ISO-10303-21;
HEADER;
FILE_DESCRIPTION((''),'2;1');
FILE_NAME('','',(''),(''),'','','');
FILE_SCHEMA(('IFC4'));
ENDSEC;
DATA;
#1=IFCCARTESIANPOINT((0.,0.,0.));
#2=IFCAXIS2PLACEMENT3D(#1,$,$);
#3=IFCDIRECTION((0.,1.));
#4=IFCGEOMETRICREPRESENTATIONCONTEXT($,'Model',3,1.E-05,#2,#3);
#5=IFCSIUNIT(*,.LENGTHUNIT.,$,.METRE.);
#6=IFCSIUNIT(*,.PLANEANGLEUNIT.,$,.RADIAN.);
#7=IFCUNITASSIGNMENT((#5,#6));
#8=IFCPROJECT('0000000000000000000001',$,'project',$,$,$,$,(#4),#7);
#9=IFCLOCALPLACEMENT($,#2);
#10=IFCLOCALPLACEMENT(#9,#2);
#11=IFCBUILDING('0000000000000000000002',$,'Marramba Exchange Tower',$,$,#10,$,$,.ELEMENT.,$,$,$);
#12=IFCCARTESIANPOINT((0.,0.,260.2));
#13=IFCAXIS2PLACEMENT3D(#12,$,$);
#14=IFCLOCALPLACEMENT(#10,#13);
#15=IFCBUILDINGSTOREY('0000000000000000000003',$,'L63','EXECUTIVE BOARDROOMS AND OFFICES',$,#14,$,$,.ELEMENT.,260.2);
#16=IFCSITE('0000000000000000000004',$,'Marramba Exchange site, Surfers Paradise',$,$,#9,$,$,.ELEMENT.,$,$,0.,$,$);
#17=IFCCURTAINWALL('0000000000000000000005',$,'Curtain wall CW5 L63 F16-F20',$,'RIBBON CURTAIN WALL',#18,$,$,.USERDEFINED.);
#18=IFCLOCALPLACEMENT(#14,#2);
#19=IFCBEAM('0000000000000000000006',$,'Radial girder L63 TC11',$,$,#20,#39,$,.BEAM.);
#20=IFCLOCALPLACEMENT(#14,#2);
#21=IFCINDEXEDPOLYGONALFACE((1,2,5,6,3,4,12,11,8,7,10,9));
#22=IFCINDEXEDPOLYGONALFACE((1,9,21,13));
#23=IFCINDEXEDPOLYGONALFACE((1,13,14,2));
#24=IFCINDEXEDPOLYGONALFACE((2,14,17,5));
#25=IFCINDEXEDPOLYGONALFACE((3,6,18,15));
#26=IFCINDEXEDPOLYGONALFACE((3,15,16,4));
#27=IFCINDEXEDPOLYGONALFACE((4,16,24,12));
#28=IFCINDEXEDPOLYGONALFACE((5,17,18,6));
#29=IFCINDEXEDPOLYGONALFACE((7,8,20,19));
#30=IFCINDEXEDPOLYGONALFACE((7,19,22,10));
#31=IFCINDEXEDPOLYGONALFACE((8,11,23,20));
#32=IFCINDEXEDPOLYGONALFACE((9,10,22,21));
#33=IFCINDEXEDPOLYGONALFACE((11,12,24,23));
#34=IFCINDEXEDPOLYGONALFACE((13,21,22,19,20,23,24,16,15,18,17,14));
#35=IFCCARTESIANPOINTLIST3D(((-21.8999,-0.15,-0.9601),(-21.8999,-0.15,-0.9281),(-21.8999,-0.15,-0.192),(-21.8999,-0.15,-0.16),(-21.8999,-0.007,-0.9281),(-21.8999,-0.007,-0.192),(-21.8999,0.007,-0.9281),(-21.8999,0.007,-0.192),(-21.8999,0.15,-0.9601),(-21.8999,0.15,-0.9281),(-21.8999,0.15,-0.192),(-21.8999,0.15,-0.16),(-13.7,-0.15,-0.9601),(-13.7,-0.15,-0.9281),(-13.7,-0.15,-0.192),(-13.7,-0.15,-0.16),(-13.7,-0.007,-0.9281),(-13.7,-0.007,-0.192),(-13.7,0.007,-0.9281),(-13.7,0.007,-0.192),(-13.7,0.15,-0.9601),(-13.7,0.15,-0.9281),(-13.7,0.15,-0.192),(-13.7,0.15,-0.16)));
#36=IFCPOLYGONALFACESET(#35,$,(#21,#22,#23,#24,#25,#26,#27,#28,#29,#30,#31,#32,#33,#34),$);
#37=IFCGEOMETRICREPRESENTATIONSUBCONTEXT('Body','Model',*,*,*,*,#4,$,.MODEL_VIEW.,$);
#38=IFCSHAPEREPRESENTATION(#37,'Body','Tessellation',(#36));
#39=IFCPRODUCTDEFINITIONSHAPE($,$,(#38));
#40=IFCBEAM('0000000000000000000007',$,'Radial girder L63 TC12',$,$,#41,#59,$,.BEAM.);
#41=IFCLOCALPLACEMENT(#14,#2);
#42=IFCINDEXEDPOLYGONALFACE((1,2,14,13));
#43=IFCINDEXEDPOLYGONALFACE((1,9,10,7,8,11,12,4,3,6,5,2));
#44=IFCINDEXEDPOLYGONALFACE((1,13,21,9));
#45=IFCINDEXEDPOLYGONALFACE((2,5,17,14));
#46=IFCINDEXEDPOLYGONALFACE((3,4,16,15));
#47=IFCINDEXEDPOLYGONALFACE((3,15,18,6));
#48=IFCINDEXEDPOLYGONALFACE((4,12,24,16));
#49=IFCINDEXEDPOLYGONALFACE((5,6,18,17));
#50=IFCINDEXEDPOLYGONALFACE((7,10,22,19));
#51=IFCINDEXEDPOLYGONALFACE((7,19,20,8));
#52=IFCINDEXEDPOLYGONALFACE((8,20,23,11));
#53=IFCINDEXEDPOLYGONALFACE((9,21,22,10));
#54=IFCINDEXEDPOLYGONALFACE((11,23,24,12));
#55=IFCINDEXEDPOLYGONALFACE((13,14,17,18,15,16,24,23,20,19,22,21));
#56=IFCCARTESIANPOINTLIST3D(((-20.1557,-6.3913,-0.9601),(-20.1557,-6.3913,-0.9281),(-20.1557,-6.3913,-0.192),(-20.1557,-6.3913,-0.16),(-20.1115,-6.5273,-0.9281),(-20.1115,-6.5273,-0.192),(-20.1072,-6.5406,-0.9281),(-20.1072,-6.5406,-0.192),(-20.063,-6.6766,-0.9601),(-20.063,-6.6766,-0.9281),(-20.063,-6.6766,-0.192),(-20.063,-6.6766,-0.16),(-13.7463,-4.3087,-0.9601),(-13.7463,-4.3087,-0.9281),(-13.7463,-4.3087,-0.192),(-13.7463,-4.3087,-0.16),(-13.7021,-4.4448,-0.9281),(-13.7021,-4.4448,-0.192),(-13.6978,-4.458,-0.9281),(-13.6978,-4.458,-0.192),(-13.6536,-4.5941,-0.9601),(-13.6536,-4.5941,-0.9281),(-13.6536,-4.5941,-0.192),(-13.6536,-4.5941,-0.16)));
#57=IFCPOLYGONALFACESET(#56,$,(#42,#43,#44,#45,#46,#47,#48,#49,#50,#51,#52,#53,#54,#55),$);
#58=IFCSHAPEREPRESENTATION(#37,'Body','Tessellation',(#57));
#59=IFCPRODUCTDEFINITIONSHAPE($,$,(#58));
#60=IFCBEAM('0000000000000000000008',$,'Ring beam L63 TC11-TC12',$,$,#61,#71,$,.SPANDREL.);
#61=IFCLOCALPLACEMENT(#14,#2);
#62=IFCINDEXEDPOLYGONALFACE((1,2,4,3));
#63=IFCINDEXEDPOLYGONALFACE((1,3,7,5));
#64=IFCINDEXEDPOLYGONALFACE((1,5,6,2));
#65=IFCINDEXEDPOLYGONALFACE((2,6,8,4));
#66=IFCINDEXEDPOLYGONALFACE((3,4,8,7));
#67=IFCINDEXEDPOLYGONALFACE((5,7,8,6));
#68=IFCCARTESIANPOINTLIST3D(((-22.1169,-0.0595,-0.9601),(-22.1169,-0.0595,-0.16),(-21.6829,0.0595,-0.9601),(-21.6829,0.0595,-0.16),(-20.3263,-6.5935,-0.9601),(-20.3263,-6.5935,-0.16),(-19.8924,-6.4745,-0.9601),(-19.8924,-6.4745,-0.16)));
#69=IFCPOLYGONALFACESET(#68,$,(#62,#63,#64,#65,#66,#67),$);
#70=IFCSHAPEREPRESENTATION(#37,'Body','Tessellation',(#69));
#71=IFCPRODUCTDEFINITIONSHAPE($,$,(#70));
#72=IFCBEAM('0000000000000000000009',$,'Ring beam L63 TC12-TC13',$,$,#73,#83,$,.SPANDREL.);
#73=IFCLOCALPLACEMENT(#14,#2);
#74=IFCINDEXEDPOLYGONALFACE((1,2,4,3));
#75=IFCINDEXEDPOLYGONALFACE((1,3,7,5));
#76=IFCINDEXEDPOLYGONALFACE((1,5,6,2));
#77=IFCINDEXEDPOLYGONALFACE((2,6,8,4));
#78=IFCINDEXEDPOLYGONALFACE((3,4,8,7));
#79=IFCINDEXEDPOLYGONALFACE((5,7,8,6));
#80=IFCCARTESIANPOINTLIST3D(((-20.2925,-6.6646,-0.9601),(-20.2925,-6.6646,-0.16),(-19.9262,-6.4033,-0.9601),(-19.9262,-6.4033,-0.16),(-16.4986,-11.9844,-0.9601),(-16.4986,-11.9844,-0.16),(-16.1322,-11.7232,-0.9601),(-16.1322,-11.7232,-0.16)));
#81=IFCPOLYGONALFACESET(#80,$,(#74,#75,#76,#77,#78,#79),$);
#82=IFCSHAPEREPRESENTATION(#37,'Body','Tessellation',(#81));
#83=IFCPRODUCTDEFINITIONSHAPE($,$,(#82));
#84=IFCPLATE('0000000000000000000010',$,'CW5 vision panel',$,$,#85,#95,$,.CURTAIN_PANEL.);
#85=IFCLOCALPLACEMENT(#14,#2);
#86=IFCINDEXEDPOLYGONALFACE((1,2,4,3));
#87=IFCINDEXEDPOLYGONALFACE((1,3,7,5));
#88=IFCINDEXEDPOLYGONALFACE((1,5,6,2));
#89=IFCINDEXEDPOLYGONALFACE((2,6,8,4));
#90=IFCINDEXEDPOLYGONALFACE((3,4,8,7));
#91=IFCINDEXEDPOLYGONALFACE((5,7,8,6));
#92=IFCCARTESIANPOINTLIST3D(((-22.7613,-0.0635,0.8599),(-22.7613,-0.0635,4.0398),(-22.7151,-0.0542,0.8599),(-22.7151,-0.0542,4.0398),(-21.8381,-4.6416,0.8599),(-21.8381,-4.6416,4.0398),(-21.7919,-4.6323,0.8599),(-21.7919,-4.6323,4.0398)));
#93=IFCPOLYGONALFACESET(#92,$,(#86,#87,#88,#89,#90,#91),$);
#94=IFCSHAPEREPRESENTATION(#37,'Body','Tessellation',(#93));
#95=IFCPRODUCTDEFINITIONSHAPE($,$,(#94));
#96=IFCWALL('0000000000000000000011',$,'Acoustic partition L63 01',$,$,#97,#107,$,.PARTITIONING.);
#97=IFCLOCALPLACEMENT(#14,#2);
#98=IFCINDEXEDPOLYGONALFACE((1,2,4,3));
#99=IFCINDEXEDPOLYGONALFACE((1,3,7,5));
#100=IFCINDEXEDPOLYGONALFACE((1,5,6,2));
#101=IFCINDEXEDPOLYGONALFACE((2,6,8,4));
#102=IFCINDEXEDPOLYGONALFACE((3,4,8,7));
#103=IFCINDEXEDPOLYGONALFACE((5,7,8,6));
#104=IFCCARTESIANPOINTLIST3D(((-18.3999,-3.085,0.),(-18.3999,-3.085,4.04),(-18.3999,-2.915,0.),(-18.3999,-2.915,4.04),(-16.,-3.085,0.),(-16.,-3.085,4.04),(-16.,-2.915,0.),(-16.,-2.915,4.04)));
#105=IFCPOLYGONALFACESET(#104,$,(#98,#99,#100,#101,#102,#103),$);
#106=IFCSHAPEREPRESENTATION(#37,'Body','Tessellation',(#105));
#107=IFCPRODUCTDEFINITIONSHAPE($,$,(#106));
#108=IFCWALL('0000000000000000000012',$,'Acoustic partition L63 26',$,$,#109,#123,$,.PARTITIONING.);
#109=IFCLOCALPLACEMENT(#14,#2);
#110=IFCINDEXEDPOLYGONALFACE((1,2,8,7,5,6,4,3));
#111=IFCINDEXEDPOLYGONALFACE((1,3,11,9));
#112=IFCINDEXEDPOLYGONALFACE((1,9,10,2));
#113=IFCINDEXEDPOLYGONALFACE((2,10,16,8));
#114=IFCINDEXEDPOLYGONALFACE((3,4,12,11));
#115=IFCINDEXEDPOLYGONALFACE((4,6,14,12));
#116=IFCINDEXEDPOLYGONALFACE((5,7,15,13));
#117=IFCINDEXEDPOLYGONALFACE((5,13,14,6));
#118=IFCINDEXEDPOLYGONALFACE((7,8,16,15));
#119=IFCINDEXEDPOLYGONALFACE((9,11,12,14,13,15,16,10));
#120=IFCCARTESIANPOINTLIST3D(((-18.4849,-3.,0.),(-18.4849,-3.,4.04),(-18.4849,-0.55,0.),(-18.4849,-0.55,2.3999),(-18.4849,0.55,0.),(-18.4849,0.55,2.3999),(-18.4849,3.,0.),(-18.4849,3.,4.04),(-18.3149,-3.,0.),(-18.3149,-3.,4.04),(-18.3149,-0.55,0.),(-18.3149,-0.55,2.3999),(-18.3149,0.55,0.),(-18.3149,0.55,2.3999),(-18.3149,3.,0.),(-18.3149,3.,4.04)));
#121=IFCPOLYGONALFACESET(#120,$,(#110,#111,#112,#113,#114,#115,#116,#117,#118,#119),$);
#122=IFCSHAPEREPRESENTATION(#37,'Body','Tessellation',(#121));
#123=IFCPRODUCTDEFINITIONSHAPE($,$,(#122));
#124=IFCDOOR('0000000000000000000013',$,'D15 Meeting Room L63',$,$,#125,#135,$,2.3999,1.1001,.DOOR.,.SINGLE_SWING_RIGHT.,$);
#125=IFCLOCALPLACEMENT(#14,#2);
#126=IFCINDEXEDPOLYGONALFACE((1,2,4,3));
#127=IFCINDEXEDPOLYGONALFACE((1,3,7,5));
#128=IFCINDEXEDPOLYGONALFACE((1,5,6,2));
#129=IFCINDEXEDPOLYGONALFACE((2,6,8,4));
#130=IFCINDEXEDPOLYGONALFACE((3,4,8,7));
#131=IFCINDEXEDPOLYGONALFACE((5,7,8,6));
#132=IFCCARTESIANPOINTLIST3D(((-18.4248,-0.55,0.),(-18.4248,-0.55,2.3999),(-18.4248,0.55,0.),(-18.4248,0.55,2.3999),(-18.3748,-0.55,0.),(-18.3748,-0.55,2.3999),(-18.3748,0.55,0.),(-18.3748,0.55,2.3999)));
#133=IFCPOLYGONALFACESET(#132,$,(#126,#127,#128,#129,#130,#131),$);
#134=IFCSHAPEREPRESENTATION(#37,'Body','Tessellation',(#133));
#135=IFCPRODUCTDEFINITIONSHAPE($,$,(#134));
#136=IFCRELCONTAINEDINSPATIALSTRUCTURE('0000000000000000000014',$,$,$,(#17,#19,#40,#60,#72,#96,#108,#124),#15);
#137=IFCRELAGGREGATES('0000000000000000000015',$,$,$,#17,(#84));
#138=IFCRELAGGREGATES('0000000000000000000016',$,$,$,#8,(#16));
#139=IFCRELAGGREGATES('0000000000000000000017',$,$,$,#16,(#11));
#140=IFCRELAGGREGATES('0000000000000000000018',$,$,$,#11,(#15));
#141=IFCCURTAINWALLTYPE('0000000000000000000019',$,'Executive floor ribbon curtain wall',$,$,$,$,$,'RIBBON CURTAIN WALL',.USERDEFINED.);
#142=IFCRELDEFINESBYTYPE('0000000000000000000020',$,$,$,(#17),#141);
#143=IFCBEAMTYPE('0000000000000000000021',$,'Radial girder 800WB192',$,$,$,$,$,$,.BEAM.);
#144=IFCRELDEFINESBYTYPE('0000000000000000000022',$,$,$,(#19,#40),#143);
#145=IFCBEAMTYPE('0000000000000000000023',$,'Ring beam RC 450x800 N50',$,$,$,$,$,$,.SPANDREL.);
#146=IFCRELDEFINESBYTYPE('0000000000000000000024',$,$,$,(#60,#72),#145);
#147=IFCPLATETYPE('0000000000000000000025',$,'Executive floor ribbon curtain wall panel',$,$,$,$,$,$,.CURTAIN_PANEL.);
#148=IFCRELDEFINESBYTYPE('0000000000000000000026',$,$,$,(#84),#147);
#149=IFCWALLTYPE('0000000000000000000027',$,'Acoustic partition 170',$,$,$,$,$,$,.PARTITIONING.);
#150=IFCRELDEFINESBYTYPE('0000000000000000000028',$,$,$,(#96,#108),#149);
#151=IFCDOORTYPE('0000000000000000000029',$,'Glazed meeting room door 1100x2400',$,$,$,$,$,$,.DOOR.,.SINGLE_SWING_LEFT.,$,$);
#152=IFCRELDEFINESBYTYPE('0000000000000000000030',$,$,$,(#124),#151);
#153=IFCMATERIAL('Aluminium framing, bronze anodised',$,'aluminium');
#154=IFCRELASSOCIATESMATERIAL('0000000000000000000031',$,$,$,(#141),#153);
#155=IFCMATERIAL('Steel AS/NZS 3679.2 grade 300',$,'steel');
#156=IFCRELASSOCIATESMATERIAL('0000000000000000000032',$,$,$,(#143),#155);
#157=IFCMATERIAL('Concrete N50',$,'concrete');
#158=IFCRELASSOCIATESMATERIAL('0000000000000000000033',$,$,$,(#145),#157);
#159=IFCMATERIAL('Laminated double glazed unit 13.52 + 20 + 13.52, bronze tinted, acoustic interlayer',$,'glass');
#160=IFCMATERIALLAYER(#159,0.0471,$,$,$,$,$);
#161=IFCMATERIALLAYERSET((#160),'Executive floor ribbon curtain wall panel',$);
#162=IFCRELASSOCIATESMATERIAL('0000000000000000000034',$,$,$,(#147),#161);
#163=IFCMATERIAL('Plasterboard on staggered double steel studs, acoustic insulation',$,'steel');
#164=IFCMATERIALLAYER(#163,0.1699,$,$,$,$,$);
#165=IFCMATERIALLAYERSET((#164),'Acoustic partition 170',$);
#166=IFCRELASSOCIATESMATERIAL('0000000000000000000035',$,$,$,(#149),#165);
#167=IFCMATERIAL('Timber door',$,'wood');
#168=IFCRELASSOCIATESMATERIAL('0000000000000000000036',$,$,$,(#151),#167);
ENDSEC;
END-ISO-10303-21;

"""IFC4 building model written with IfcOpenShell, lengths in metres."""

from ifc_helpers import new_model, si_unit, direction, frame, frame_2d, origin, origin_2d, place, context, subcontext, project, spatial, rectangle, i_section, extrude, material, layer, layer_set, material_profile, profile_set, type_object, element, fill, aggregate, save


model = new_model("IFC4")

# Units and contexts
model_context = context("Model", 3, precision=1e-05, world=origin(), true_north=direction((0.0, 1.0)))
body_context = subcontext(model_context, "Body", "Model", "MODEL_VIEW")
ifc_project = project(units=[si_unit("LENGTHUNIT", "METRE"), si_unit("PLANEANGLEUNIT", "RADIAN")], contexts=[model_context])

# Site, building, storey
site_placement = place(None, origin())
site = spatial("IfcSite", under=ifc_project, at=site_placement, Name="Marramba Exchange site, Surfers Paradise", CompositionType="ELEMENT", RefElevation=0.0)
building_placement = place(site_placement, origin())
building = spatial("IfcBuilding", under=site, at=building_placement, Name="Marramba Exchange Tower", CompositionType="ELEMENT")
storey_placement = place(building_placement, frame((0.0, 0.0, 260.2)))
storey = spatial("IfcBuildingStorey", under=building, at=storey_placement, Name="L63", Description="EXECUTIVE BOARDROOMS AND OFFICES", CompositionType="ELEMENT", Elevation=260.2)

# Shared definitions
ifc_material_1 = material(Name="Concrete N50", Category="concrete")

# Curtain wall
ifc_material_2 = material(Name="Aluminium framing, bronze anodised", Category="aluminium")
curtain_wall_type = type_object("IfcCurtainWallType", Name="Executive floor ribbon curtain wall", ElementType="RIBBON CURTAIN WALL", PredefinedType="USERDEFINED", material=ifc_material_2)
curtain_wall_placement = place(storey_placement, origin())
curtain_wall = element("IfcCurtainWall", 1, at=curtain_wall_placement, inside=storey, type_object=curtain_wall_type, Name="Curtain wall CW5 L63 F16-F20", ObjectType="RIBBON CURTAIN WALL", PredefinedType="USERDEFINED")

# Beams
ifc_material_3 = material(Name="Steel AS/NZS 3679.2 grade 300", Category="steel")
ifc_material_profile_1 = material_profile(ifc_material_3, i_section(OverallWidth=0.3, OverallDepth=0.8, WebThickness=0.0139, FlangeThickness=0.032, at=origin_2d()), Name="800WB192")
ifc_profile_set_1 = profile_set([ifc_material_profile_1], Name="Steel AS/NZS 3679.2 grade 300")
beam_type_1 = type_object("IfcBeamType", Name="Radial girder 800WB192", PredefinedType="BEAM", material=ifc_profile_set_1)
beam_1_placement = place(storey_placement, frame((-13.7, 0.0, -0.5601), z_axis=(-1.0, 0.0, 0.0), x_axis=(0.0, -1.0, 0.0)))
element("IfcBeam", 2, at=beam_1_placement, inside=storey, type_object=beam_type_1, Name="Radial girder L63 TC11", PredefinedType="BEAM", context=body_context, shape_type="SweptSolid", body=[
    extrude(i_section(OverallWidth=0.3, OverallDepth=0.8, WebThickness=0.0139, FlangeThickness=0.032, at=origin_2d()), origin(), (0.0, 0.0, 1.0), 8.2),
])
beam_2_placement = place(storey_placement, frame((-13.7, -4.4514, -0.5601), z_axis=(-0.951058, -0.309013, 0.0), x_axis=(0.309013, -0.951058, 0.0)))
element("IfcBeam", 3, at=beam_2_placement, inside=storey, type_object=beam_type_1, Name="Radial girder L63 TC12", PredefinedType="BEAM", context=body_context, shape_type="SweptSolid", body=[
    extrude(i_section(OverallWidth=0.3, OverallDepth=0.8, WebThickness=0.0139, FlangeThickness=0.032, at=origin_2d()), origin(), (0.0, 0.0, 1.0), 6.7393),
])
ifc_material_profile_2 = material_profile(ifc_material_1, rectangle(XDim=0.45, YDim=0.8, at=origin_2d()), Name="RC 450x800")
ifc_profile_set_2 = profile_set([ifc_material_profile_2], Name="Concrete N50")
beam_type_2 = type_object("IfcBeamType", Name="Ring beam RC 450x800 N50", PredefinedType="SPANDREL", material=ifc_profile_set_2)
beam_3_placement = place(storey_placement, frame((-21.8999, 0.0, -0.5601), z_axis=(0.264291, -0.964443, 0.0), x_axis=(0.964443, 0.264291, 0.0)))
element("IfcBeam", 4, at=beam_3_placement, inside=storey, type_object=beam_type_2, Name="Ring beam L63 TC11-TC12", PredefinedType="SPANDREL", context=body_context, shape_type="SweptSolid", body=[
    extrude(rectangle(XDim=0.45, YDim=0.8, at=origin_2d()), origin(), (0.0, 0.0, 1.0), 6.7749),
])
beam_4_placement = place(storey_placement, frame((-20.1094, -6.5339, -0.5601), z_axis=(0.580637, -0.814162, 0.0), x_axis=(0.814162, 0.580637, 0.0)))
element("IfcBeam", 5, at=beam_4_placement, inside=storey, type_object=beam_type_2, Name="Ring beam L63 TC12-TC13", PredefinedType="SPANDREL", context=body_context, shape_type="SweptSolid", body=[
    extrude(rectangle(XDim=0.45, YDim=0.8, at=origin_2d()), origin(), (0.0, 0.0, 1.0), 6.5342),
])

# Plate
ifc_material_4 = material(Name="Laminated double glazed unit 13.52 + 20 + 13.52, bronze tinted, acoustic interlayer", Category="glass")
ifc_layer_1 = layer(ifc_material_4, 0.0471)
ifc_layer_set_1 = layer_set([ifc_layer_1], Name="Executive floor ribbon curtain wall panel")
plate_type = type_object("IfcPlateType", Name="Executive floor ribbon curtain wall panel", PredefinedType="CURTAIN_PANEL", material=ifc_layer_set_1)
plate_placement = place(storey_placement, frame((-22.2766, -2.3479, 0.8599), z_axis=(0.0, 0.0, 1.0), x_axis=(0.197671, -0.980269, 0.0)))
plate = element("IfcPlate", 6, at=plate_placement, type_object=plate_type, Name="CW5 vision panel", PredefinedType="CURTAIN_PANEL", context=body_context, shape_type="SweptSolid", body=[
    extrude(rectangle(XDim=4.6702, YDim=0.0471, at=origin_2d()), origin(), (0.0, 0.0, 1.0), 3.1799),
])
aggregate(curtain_wall, [plate])

# Wall
ifc_material_5 = material(Name="Plasterboard on staggered double steel studs, acoustic insulation", Category="steel")
ifc_layer_2 = layer(ifc_material_5, 0.1699)
ifc_layer_set_2 = layer_set([ifc_layer_2], Name="Acoustic partition 170")
wall_type_1 = type_object("IfcWallType", Name="Acoustic partition 170", PredefinedType="PARTITIONING", material=ifc_layer_set_2)
wall_1_placement = place(storey_placement, frame((-16.0, -3.0, 0.0), z_axis=(0.0, 0.0, 1.0), x_axis=(-1.0, 0.0, 0.0)))
element("IfcWall", 7, at=wall_1_placement, inside=storey, type_object=wall_type_1, Name="Acoustic partition L63 01", PredefinedType="PARTITIONING", context=body_context, shape_type="SweptSolid", body=[
    extrude(rectangle(XDim=2.3999, YDim=0.1699, at=frame_2d((1.2, 0.0))), origin(), (0.0, 0.0, 1.0), 4.04),
])

# Wall, opening, door
wall_2_placement = place(storey_placement, frame((-18.3999, -3.0, 0.0), z_axis=(0.0, 0.0, 1.0), x_axis=(0.0, 1.0, 0.0)))
wall_2 = element("IfcWall", 8, at=wall_2_placement, inside=storey, type_object=wall_type_1, Name="Acoustic partition L63 26", PredefinedType="PARTITIONING", context=body_context, shape_type="SweptSolid", body=[
    extrude(rectangle(XDim=6.0, YDim=0.1699, at=frame_2d((3.0, 0.0))), origin(), (0.0, 0.0, 1.0), 4.04),
])
opening_1_placement = place(wall_2_placement, frame((2.45, 0.0, 0.0)))
opening_1 = element("IfcOpeningElement", 9, at=opening_1_placement, cuts=wall_2, PredefinedType="OPENING", context=body_context, shape_type="SweptSolid", body=[
    extrude(rectangle(XDim=1.1001, YDim=2.3999, at=frame_2d((0.55, 1.2))), frame((0.0, 0.095, 0.0), z_axis=(0.0, -1.0, 0.0), x_axis=(1.0, 0.0, 0.0)), (0.0, 0.0, 1.0), 0.1899),
])
ifc_material_6 = material(Name="Timber door", Category="wood")
door_type_1 = type_object("IfcDoorType", Name="Glazed meeting room door 1100x2400", OperationType="SINGLE_SWING_LEFT", PredefinedType="DOOR", material=ifc_material_6)
door_1_placement = place(opening_1_placement, frame((1.1001, 0.0, 0.0), z_axis=(0.0, 0.0, 1.0), x_axis=(-1.0, 0.0, 0.0)))
door_1 = element("IfcDoor", 10, at=door_1_placement, inside=storey, type_object=door_type_1, Name="D15 Meeting Room L63", OperationType="SINGLE_SWING_RIGHT", OverallHeight=2.3999, OverallWidth=1.1001, PredefinedType="DOOR", context=body_context, shape_type="SweptSolid", body=[
    extrude(rectangle(XDim=1.1001, YDim=2.3999, at=frame_2d((0.55, 1.2))), frame((0.0, 0.0251, 0.0), z_axis=(0.0, -1.0, 0.0), x_axis=(1.0, 0.0, 0.0)), (0.0, 0.0, 1.0), 0.05),
])
fill(opening_1, door_1)

save(model, "model.ifc")
